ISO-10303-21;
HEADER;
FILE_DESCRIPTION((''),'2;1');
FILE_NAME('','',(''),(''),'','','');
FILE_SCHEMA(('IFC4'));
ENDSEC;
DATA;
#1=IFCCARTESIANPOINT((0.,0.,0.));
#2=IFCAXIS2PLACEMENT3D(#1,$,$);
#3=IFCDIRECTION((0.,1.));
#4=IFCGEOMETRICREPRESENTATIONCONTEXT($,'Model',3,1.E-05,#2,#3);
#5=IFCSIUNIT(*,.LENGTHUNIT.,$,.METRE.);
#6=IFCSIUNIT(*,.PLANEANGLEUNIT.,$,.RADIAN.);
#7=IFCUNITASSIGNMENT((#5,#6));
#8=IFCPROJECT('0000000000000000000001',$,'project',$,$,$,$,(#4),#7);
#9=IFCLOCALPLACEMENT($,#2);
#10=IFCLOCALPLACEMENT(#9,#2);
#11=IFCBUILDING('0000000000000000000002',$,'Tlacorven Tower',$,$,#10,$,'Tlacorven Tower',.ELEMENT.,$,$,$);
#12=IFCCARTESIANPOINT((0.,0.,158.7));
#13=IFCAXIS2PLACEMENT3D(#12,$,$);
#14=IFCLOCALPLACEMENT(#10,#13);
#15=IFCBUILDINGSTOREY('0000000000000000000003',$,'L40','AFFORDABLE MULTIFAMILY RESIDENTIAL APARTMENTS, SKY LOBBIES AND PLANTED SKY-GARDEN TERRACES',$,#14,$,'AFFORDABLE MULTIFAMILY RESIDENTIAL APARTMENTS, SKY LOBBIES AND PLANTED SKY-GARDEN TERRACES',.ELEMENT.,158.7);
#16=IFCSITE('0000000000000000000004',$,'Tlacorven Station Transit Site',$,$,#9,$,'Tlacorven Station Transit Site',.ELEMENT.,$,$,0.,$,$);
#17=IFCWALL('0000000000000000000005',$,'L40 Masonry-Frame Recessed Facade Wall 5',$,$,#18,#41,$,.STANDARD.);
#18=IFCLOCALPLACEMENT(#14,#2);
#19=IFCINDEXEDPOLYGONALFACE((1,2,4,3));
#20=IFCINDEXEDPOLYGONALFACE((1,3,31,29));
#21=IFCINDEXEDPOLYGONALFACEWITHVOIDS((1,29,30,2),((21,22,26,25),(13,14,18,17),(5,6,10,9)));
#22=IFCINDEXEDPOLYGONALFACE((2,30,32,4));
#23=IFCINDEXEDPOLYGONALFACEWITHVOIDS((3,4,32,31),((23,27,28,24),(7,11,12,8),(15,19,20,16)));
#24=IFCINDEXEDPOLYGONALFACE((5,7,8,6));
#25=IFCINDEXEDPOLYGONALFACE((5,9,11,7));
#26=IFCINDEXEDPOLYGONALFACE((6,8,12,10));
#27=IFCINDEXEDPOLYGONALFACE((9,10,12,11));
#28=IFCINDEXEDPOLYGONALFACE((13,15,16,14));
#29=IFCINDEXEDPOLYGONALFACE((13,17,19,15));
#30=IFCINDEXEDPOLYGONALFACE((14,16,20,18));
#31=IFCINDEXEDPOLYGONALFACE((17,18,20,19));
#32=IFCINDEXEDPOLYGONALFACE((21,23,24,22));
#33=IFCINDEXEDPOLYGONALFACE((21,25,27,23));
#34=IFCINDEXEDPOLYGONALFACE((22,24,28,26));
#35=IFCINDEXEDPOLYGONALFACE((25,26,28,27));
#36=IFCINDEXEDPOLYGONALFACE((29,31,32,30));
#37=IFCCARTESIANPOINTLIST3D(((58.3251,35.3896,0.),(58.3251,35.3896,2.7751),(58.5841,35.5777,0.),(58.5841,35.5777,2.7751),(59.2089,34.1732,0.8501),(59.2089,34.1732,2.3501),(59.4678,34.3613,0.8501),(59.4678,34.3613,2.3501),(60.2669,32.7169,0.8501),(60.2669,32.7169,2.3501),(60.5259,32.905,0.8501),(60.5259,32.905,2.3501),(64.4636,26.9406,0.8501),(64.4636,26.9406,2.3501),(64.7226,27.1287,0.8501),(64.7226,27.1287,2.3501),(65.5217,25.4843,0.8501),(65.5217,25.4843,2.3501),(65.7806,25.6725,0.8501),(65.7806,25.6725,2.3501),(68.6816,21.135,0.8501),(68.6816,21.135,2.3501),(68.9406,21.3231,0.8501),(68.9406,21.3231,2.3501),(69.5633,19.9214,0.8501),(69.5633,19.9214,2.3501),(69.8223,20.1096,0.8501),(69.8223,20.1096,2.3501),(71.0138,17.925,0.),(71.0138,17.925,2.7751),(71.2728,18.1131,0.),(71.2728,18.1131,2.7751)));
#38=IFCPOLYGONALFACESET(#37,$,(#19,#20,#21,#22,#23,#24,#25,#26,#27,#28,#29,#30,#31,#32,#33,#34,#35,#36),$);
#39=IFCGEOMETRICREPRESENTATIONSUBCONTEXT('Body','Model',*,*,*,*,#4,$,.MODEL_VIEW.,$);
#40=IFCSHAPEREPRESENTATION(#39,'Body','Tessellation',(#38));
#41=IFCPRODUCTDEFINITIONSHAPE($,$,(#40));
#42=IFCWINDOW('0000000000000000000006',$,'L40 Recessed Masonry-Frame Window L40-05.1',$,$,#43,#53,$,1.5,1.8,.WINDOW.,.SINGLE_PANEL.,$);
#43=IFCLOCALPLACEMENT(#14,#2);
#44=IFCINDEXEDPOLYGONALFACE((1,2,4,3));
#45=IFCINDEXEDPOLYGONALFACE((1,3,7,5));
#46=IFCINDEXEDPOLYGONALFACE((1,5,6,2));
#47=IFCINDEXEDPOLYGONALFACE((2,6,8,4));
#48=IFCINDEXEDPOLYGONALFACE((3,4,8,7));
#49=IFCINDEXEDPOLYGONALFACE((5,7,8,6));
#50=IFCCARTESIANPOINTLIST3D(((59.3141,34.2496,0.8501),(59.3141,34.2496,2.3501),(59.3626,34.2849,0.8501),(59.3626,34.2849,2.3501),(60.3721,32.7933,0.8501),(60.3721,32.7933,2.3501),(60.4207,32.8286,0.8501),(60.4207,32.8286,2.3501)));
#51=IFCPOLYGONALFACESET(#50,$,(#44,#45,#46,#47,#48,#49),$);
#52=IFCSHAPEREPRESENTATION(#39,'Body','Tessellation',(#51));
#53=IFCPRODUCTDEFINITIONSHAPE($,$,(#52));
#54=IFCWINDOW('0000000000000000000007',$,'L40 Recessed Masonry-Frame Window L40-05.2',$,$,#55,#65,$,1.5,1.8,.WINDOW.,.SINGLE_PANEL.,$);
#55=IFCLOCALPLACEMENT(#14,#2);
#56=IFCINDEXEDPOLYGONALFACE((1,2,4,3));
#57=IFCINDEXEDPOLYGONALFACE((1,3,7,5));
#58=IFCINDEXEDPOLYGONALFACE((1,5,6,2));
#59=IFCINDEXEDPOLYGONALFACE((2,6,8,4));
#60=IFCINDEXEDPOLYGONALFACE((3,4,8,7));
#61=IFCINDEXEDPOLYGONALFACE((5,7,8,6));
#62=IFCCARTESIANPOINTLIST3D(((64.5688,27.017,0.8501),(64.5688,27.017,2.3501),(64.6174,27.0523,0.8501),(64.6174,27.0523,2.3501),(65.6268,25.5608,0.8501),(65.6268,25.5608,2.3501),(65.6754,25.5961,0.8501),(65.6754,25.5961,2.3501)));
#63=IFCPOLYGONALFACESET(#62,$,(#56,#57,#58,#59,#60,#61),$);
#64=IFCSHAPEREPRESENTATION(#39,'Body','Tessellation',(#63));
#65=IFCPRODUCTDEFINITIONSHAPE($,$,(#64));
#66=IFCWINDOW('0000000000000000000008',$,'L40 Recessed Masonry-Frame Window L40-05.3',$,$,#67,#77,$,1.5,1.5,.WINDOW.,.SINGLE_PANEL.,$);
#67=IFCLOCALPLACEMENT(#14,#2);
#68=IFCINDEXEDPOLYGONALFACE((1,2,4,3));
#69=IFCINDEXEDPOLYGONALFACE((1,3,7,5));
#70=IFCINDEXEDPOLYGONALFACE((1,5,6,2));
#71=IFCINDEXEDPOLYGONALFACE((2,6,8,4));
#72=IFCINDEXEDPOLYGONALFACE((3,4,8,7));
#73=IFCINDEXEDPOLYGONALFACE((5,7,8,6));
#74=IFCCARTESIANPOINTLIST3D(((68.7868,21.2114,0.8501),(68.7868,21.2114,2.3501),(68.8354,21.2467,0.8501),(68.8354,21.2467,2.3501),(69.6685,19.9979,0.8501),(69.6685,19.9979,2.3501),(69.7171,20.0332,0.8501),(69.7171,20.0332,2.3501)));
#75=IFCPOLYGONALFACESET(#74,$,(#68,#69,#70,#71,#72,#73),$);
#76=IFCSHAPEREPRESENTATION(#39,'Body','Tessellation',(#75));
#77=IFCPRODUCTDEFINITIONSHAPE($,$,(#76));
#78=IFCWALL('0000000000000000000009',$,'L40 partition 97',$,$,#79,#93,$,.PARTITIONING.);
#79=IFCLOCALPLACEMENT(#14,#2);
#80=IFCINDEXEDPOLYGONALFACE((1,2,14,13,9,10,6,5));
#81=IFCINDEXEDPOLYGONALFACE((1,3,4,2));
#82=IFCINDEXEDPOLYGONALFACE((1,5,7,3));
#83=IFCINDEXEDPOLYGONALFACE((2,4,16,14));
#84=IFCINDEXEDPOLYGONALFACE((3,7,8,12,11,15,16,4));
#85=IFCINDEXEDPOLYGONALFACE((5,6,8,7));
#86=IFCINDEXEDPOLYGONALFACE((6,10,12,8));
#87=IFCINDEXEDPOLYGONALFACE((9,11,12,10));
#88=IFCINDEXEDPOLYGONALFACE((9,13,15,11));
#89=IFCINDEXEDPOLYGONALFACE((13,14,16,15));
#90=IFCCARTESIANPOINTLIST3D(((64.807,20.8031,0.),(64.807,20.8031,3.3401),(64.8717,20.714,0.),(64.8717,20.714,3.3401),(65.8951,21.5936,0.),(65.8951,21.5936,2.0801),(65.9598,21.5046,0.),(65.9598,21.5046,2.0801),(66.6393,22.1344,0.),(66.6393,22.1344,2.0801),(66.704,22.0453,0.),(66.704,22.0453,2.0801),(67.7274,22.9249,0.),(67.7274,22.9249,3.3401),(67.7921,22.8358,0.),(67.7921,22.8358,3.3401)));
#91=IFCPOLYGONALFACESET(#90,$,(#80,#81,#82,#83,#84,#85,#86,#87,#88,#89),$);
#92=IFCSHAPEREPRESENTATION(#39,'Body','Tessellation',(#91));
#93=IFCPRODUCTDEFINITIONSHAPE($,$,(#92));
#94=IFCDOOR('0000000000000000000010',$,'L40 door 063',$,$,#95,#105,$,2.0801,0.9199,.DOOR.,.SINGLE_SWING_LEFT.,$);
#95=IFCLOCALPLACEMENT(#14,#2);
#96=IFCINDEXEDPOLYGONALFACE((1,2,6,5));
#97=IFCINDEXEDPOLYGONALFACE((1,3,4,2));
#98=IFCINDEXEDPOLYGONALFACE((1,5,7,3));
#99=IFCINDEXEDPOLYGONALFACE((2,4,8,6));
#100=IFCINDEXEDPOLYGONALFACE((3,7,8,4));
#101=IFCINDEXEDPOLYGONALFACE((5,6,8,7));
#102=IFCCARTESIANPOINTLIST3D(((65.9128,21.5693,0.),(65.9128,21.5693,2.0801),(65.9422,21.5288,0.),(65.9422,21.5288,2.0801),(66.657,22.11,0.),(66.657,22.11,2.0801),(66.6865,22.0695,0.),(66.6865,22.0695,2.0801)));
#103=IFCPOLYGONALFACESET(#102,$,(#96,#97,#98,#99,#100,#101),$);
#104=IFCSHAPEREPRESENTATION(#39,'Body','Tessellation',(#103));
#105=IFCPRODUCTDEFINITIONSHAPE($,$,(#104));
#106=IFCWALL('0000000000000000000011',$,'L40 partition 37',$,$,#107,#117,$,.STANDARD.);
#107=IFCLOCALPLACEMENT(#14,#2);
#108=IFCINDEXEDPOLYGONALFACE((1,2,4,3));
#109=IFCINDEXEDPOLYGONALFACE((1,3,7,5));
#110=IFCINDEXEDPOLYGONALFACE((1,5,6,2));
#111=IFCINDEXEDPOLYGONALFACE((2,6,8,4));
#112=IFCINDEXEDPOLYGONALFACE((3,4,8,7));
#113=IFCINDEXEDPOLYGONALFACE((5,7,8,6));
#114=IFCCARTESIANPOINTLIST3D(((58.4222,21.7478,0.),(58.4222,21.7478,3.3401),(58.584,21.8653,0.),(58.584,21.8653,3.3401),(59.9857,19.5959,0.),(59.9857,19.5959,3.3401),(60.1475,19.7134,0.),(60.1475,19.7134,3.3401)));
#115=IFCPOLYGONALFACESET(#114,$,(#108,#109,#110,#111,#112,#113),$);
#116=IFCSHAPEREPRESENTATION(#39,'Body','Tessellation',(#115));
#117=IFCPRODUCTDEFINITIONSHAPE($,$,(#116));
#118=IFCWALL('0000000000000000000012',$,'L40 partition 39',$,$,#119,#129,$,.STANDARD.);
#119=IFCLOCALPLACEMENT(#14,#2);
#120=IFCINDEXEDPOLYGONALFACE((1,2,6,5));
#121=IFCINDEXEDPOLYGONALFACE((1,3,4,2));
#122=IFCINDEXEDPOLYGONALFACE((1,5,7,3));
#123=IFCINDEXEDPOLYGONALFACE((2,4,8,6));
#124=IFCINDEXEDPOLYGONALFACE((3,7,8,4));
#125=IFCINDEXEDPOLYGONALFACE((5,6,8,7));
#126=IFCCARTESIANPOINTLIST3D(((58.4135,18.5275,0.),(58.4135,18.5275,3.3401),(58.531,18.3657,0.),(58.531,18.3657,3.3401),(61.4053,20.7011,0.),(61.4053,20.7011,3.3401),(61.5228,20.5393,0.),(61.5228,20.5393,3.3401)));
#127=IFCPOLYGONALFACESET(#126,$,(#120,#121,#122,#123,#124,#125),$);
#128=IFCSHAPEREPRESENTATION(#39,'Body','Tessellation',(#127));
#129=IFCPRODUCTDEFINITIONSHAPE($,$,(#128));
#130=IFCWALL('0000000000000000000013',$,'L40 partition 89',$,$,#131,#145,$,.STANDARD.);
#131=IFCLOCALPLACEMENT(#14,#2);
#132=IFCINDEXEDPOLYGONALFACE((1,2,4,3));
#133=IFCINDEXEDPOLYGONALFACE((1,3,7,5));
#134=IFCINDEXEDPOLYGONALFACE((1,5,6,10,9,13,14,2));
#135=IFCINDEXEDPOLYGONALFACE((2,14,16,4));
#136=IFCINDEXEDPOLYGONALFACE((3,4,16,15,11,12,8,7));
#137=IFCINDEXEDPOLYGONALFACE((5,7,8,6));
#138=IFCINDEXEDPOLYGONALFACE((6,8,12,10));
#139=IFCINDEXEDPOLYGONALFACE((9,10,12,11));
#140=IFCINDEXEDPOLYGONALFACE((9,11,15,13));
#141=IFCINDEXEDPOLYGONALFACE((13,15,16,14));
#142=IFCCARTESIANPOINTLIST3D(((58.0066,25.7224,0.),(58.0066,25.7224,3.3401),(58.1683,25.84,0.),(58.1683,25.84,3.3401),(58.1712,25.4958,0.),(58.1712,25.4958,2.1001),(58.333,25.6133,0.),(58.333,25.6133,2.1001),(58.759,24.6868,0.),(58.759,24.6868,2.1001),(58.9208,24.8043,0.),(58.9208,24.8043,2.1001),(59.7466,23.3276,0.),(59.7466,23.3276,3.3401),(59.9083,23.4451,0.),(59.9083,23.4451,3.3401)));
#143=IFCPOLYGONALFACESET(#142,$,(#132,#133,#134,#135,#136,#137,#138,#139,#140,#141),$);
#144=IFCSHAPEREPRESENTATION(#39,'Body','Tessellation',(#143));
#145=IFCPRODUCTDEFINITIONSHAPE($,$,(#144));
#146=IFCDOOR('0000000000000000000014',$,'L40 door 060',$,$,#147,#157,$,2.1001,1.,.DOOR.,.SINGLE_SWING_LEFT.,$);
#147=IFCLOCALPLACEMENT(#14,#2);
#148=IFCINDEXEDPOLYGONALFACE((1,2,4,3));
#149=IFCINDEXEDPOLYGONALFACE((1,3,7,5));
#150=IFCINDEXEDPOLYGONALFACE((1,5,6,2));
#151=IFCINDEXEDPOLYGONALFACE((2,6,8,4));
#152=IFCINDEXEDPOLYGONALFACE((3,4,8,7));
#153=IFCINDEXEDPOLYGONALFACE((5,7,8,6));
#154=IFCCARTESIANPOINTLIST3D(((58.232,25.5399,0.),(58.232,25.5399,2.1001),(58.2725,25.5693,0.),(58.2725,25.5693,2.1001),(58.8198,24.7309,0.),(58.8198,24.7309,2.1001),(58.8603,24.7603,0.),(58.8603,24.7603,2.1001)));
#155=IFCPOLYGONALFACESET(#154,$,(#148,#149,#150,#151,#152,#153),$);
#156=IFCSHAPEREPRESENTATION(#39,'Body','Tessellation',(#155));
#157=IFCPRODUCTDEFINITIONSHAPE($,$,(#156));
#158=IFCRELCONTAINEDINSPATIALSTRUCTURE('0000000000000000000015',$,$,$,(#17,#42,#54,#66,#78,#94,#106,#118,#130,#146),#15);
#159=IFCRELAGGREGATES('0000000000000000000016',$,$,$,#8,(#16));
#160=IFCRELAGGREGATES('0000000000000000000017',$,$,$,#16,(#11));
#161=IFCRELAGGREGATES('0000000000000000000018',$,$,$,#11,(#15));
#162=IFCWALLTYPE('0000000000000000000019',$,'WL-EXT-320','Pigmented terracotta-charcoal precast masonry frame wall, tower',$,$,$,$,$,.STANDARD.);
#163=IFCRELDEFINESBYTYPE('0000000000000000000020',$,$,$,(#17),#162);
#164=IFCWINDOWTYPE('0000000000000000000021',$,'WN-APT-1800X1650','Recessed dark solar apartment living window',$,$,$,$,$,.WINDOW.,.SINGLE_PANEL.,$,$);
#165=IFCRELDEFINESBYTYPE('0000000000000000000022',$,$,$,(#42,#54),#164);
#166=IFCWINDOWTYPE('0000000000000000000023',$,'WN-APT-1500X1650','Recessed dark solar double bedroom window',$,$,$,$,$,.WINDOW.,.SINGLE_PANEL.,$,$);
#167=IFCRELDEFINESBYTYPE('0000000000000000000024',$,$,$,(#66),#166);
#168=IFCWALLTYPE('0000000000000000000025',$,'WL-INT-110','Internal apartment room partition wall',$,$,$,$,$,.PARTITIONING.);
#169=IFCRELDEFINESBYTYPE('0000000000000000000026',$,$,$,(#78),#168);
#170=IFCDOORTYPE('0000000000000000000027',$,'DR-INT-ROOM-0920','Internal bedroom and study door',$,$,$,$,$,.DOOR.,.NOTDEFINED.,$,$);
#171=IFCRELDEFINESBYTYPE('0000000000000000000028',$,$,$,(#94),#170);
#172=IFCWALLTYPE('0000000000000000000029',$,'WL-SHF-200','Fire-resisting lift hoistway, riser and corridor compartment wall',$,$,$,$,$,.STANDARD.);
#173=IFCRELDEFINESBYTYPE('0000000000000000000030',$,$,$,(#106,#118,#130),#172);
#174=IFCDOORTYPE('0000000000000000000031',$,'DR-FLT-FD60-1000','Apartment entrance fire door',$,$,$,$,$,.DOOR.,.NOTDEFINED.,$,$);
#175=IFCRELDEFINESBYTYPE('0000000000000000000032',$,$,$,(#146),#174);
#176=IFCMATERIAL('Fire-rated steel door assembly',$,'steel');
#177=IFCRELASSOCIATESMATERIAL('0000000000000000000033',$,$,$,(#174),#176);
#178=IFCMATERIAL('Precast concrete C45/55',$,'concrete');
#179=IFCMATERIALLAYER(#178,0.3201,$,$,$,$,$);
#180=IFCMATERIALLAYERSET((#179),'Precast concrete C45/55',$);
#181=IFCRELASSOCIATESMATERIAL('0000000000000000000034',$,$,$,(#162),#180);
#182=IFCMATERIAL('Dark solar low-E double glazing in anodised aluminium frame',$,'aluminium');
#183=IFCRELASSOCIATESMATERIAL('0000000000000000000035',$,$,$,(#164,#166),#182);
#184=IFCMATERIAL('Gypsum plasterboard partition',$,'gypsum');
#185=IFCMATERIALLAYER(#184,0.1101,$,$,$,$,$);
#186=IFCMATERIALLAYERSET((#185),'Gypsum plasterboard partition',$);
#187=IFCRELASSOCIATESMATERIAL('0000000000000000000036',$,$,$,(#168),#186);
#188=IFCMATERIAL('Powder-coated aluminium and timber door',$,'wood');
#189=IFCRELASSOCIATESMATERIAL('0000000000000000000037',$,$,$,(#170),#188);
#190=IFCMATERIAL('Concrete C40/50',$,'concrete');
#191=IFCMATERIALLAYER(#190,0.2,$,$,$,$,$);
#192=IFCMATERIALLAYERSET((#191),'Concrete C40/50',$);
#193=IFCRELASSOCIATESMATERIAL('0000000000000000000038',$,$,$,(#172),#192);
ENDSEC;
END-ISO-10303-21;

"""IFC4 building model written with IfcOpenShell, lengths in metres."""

from ifc_helpers import new_model, si_unit, direction, frame, frame_2d, origin, place, context, subcontext, project, spatial, rectangle, extrude, source, transform, mapped, material, layer, layer_set, type_object, element, fill, save


model = new_model("IFC4")

# Units and contexts
model_context = context("Model", 3, precision=1e-05, world=origin(), true_north=direction((0.0, 1.0)))
body_context = subcontext(model_context, "Body", "Model", "MODEL_VIEW")
ifc_project = project(units=[si_unit("LENGTHUNIT", "METRE"), si_unit("PLANEANGLEUNIT", "RADIAN")], contexts=[model_context])

# Site, building, storey
site_placement = place(None, origin())
site = spatial("IfcSite", under=ifc_project, at=site_placement, Name="Tlacorven Station Transit Site", LongName="Tlacorven Station Transit Site", CompositionType="ELEMENT", RefElevation=0.0)
building_placement = place(site_placement, origin())
building = spatial("IfcBuilding", under=site, at=building_placement, Name="Tlacorven Tower", LongName="Tlacorven Tower", CompositionType="ELEMENT")
storey_placement = place(building_placement, frame((0.0, 0.0, 158.7)))
storey = spatial("IfcBuildingStorey", under=building, at=storey_placement, Name="L40", Description="AFFORDABLE MULTIFAMILY RESIDENTIAL APARTMENTS, SKY LOBBIES AND PLANTED SKY-GARDEN TERRACES", LongName="AFFORDABLE MULTIFAMILY RESIDENTIAL APARTMENTS, SKY LOBBIES AND PLANTED SKY-GARDEN TERRACES", CompositionType="ELEMENT", Elevation=158.7)

# Shared definitions
ifc_material_1 = material(Name="Fire-rated steel door assembly", Category="steel")
door_type_1 = type_object("IfcDoorType", Name="DR-FLT-FD60-1000", Description="Apartment entrance fire door", OperationType="NOTDEFINED", PredefinedType="DOOR", material=ifc_material_1)
shared_shape_1 = source(origin(), body_context, "Body", "SweptSolid", [
    extrude(rectangle(XDim=1.0, YDim=2.1001, at=frame_2d((0.5, 1.05))), frame((0.0, 0.0249, 0.0), z_axis=(0.0, -1.0, 0.0), x_axis=(1.0, 0.0, 0.0)), (0.0, 0.0, 1.0), 0.05),
])

# Wall, openings, windows
ifc_material_2 = material(Name="Precast concrete C45/55", Category="concrete")
ifc_layer_1 = layer(ifc_material_2, 0.3201)
ifc_layer_set_1 = layer_set([ifc_layer_1], Name="Precast concrete C45/55")
wall_type_1 = type_object("IfcWallType", Name="WL-EXT-320", Description="Pigmented terracotta-charcoal precast masonry frame wall, tower", PredefinedType="STANDARD", material=ifc_layer_set_1)
wall_1_placement = place(storey_placement, frame((58.4546, 35.4836, 0.0), z_axis=(0.0, 0.0, 1.0), x_axis=(0.587784, -0.809018, 0.0)))
wall_1 = element("IfcWall", 1, at=wall_1_placement, inside=storey, type_object=wall_type_1, Name="L40 Masonry-Frame Recessed Facade Wall 5", PredefinedType="STANDARD", context=body_context, shape_type="SweptSolid", body=[
    extrude(rectangle(XDim=21.5874, YDim=0.3201, at=frame_2d((10.7937, 0.0))), origin(), (0.0, 0.0, 1.0), 2.7751),
])
opening_1_placement = place(wall_1_placement, frame((1.5037, 0.0, 0.8501)))
opening_1 = element("IfcOpeningElement", 2, at=opening_1_placement, cuts=wall_1, PredefinedType="OPENING", context=body_context, shape_type="SweptSolid", body=[
    extrude(rectangle(XDim=1.8, YDim=1.5, at=frame_2d((0.8999, 0.75))), frame((0.0, 0.1699, 0.0), z_axis=(0.0, -1.0, 0.0), x_axis=(1.0, 0.0, 0.0)), (0.0, 0.0, 1.0), 0.3401),
])
opening_2_placement = place(wall_1_placement, frame((10.4436, 0.0, 0.8501)))
opening_2 = element("IfcOpeningElement", 3, at=opening_2_placement, cuts=wall_1, PredefinedType="OPENING", context=body_context, shape_type="SweptSolid", body=[
    extrude(rectangle(XDim=1.8, YDim=1.5, at=frame_2d((0.8999, 0.75))), frame((0.0, 0.1699, 0.0), z_axis=(0.0, -1.0, 0.0), x_axis=(1.0, 0.0, 0.0)), (0.0, 0.0, 1.0), 0.3401),
])
opening_3_placement = place(wall_1_placement, frame((17.6196, 0.0, 0.8501)))
opening_3 = element("IfcOpeningElement", 4, at=opening_3_placement, cuts=wall_1, PredefinedType="OPENING", context=body_context, shape_type="SweptSolid", body=[
    extrude(rectangle(XDim=1.5, YDim=1.5, at=frame_2d((0.75, 0.75))), frame((0.0, 0.1699, 0.0), z_axis=(0.0, -1.0, 0.0), x_axis=(1.0, 0.0, 0.0)), (0.0, 0.0, 1.0), 0.3401),
])
ifc_material_3 = material(Name="Dark solar low-E double glazing in anodised aluminium frame", Category="aluminium")
window_type_1 = type_object("IfcWindowType", Name="WN-APT-1800X1650", Description="Recessed dark solar apartment living window", PartitioningType="SINGLE_PANEL", PredefinedType="WINDOW", material=ifc_material_3)
shared_shape_2 = source(origin(), body_context, "Body", "SweptSolid", [
    extrude(rectangle(XDim=1.8, YDim=1.5, at=frame_2d((0.8999, 0.75))), frame((0.0, 0.03, 0.0), z_axis=(0.0, -1.0, 0.0), x_axis=(1.0, 0.0, 0.0)), (0.0, 0.0, 1.0), 0.0601),
])
window_1_placement = place(opening_1_placement, origin())
window_1 = element("IfcWindow", 5, at=window_1_placement, inside=storey, type_object=window_type_1, Name="L40 Recessed Masonry-Frame Window L40-05.1", OverallHeight=1.5, OverallWidth=1.8, PartitioningType="SINGLE_PANEL", PredefinedType="WINDOW", context=body_context, shape_type="MappedRepresentation", body=[
    mapped(shared_shape_2, transform((0.0, 0.0, 0.0), scale=1.0)),
])
fill(opening_1, window_1)
window_2_placement = place(opening_2_placement, origin())
window_2 = element("IfcWindow", 6, at=window_2_placement, inside=storey, type_object=window_type_1, Name="L40 Recessed Masonry-Frame Window L40-05.2", OverallHeight=1.5, OverallWidth=1.8, PartitioningType="SINGLE_PANEL", PredefinedType="WINDOW", context=body_context, shape_type="MappedRepresentation", body=[
    mapped(shared_shape_2, transform((0.0, 0.0, 0.0), scale=1.0)),
])
fill(opening_2, window_2)
window_type_2 = type_object("IfcWindowType", Name="WN-APT-1500X1650", Description="Recessed dark solar double bedroom window", PartitioningType="SINGLE_PANEL", PredefinedType="WINDOW", material=ifc_material_3)
shared_shape_3 = source(origin(), body_context, "Body", "SweptSolid", [
    extrude(rectangle(XDim=1.5, YDim=1.5, at=frame_2d((0.75, 0.75))), frame((0.0, 0.03, 0.0), z_axis=(0.0, -1.0, 0.0), x_axis=(1.0, 0.0, 0.0)), (0.0, 0.0, 1.0), 0.0601),
])
window_3_placement = place(opening_3_placement, origin())
window_3 = element("IfcWindow", 7, at=window_3_placement, inside=storey, type_object=window_type_2, Name="L40 Recessed Masonry-Frame Window L40-05.3", OverallHeight=1.5, OverallWidth=1.5, PartitioningType="SINGLE_PANEL", PredefinedType="WINDOW", context=body_context, shape_type="MappedRepresentation", body=[
    mapped(shared_shape_3, transform((0.0, 0.0, 0.0), scale=1.0)),
])
fill(opening_3, window_3)

# Wall, opening, door
ifc_material_4 = material(Name="Gypsum plasterboard partition", Category="gypsum")
ifc_layer_2 = layer(ifc_material_4, 0.1101)
ifc_layer_set_2 = layer_set([ifc_layer_2], Name="Gypsum plasterboard partition")
wall_type_2 = type_object("IfcWallType", Name="WL-INT-110", Description="Internal apartment room partition wall", PredefinedType="PARTITIONING", material=ifc_layer_set_2)
wall_2_placement = place(storey_placement, frame((64.8394, 20.7585, 0.0), z_axis=(0.0, 0.0, 1.0), x_axis=(0.809014, 0.58779, 0.0)))
wall_2 = element("IfcWall", 8, at=wall_2_placement, inside=storey, type_object=wall_type_2, Name="L40 partition 97", PredefinedType="PARTITIONING", context=body_context, shape_type="SweptSolid", body=[
    extrude(rectangle(XDim=3.6099, YDim=0.1101, at=frame_2d((1.8049, 0.0))), origin(), (0.0, 0.0, 1.0), 3.3401),
])
opening_4_placement = place(wall_2_placement, frame((1.345, 0.0, 0.0)))
opening_4 = element("IfcOpeningElement", 9, at=opening_4_placement, cuts=wall_2, PredefinedType="OPENING", context=body_context, shape_type="SweptSolid", body=[
    extrude(rectangle(XDim=0.9199, YDim=2.0801, at=frame_2d((0.46, 1.04))), frame((0.0, 0.0649, 0.0), z_axis=(0.0, -1.0, 0.0), x_axis=(1.0, 0.0, 0.0)), (0.0, 0.0, 1.0), 0.1301),
])
ifc_material_5 = material(Name="Powder-coated aluminium and timber door", Category="wood")
door_type_2 = type_object("IfcDoorType", Name="DR-INT-ROOM-0920", Description="Internal bedroom and study door", OperationType="NOTDEFINED", PredefinedType="DOOR", material=ifc_material_5)
shared_shape_4 = source(origin(), body_context, "Body", "SweptSolid", [
    extrude(rectangle(XDim=0.9199, YDim=2.0801, at=frame_2d((0.46, 1.04))), frame((0.0, 0.0249, 0.0), z_axis=(0.0, -1.0, 0.0), x_axis=(1.0, 0.0, 0.0)), (0.0, 0.0, 1.0), 0.05),
])
door_1_placement = place(opening_4_placement, origin())
door_1 = element("IfcDoor", 10, at=door_1_placement, inside=storey, type_object=door_type_2, Name="L40 door 063", OperationType="SINGLE_SWING_LEFT", OverallHeight=2.0801, OverallWidth=0.9199, PredefinedType="DOOR", context=body_context, shape_type="MappedRepresentation", body=[
    mapped(shared_shape_4, transform((0.0, 0.0, 0.0), scale=1.0)),
])
fill(opening_4, door_1)

# Walls
ifc_material_6 = material(Name="Concrete C40/50", Category="concrete")
ifc_layer_3 = layer(ifc_material_6, 0.2)
ifc_layer_set_3 = layer_set([ifc_layer_3], Name="Concrete C40/50")
wall_type_3 = type_object("IfcWallType", Name="WL-SHF-200", Description="Fire-resisting lift hoistway, riser and corridor compartment wall", PredefinedType="STANDARD", material=ifc_layer_set_3)
wall_3_placement = place(storey_placement, frame((60.0667, 19.6545, 0.0), z_axis=(0.0, 0.0, 1.0), x_axis=(-0.587801, 0.809006, 0.0)))
element("IfcWall", 11, at=wall_3_placement, inside=storey, type_object=wall_type_3, Name="L40 partition 37", PredefinedType="STANDARD", context=body_context, shape_type="SweptSolid", body=[
    extrude(rectangle(XDim=2.6599, YDim=0.2, at=frame_2d((1.3301, 0.0))), origin(), (0.0, 0.0, 1.0), 3.3401),
])
wall_4_placement = place(storey_placement, frame((58.4722, 18.4465, 0.0), z_axis=(0.0, 0.0, 1.0), x_axis=(0.809019, 0.587783, 0.0)))
element("IfcWall", 12, at=wall_4_placement, inside=storey, type_object=wall_type_3, Name="L40 partition 39", PredefinedType="STANDARD", context=body_context, shape_type="SweptSolid", body=[
    extrude(rectangle(XDim=3.698, YDim=0.2, at=frame_2d((1.8491, 0.0))), origin(), (0.0, 0.0, 1.0), 3.3401),
])

# Wall, opening, door
wall_5_placement = place(storey_placement, frame((59.8274, 23.3865, 0.0), z_axis=(0.0, 0.0, 1.0), x_axis=(-0.587804, 0.809003, 0.0)))
wall_5 = element("IfcWall", 13, at=wall_5_placement, inside=storey, type_object=wall_type_3, Name="L40 partition 89", PredefinedType="STANDARD", context=body_context, shape_type="SweptSolid", body=[
    extrude(rectangle(XDim=2.9602, YDim=0.2, at=frame_2d((1.48, 0.0))), origin(), (0.0, 0.0, 1.0), 3.3401),
])
opening_5_placement = place(wall_5_placement, frame((1.6799, 0.0, 0.0)))
opening_5 = element("IfcOpeningElement", 14, at=opening_5_placement, cuts=wall_5, PredefinedType="OPENING", context=body_context, shape_type="SweptSolid", body=[
    extrude(rectangle(XDim=1.0, YDim=2.1001, at=frame_2d((0.5, 1.05))), frame((0.0, 0.1099, 0.0), z_axis=(0.0, -1.0, 0.0), x_axis=(1.0, 0.0, 0.0)), (0.0, 0.0, 1.0), 0.22),
])
door_2_placement = place(opening_5_placement, origin())
door_2 = element("IfcDoor", 15, at=door_2_placement, inside=storey, type_object=door_type_1, Name="L40 door 060", OperationType="SINGLE_SWING_LEFT", OverallHeight=2.1001, OverallWidth=1.0, PredefinedType="DOOR", context=body_context, shape_type="MappedRepresentation", body=[
    mapped(shared_shape_1, transform((0.0, 0.0, 0.0), scale=1.0)),
])
fill(opening_5, door_2)

save(model, "model.ifc")
